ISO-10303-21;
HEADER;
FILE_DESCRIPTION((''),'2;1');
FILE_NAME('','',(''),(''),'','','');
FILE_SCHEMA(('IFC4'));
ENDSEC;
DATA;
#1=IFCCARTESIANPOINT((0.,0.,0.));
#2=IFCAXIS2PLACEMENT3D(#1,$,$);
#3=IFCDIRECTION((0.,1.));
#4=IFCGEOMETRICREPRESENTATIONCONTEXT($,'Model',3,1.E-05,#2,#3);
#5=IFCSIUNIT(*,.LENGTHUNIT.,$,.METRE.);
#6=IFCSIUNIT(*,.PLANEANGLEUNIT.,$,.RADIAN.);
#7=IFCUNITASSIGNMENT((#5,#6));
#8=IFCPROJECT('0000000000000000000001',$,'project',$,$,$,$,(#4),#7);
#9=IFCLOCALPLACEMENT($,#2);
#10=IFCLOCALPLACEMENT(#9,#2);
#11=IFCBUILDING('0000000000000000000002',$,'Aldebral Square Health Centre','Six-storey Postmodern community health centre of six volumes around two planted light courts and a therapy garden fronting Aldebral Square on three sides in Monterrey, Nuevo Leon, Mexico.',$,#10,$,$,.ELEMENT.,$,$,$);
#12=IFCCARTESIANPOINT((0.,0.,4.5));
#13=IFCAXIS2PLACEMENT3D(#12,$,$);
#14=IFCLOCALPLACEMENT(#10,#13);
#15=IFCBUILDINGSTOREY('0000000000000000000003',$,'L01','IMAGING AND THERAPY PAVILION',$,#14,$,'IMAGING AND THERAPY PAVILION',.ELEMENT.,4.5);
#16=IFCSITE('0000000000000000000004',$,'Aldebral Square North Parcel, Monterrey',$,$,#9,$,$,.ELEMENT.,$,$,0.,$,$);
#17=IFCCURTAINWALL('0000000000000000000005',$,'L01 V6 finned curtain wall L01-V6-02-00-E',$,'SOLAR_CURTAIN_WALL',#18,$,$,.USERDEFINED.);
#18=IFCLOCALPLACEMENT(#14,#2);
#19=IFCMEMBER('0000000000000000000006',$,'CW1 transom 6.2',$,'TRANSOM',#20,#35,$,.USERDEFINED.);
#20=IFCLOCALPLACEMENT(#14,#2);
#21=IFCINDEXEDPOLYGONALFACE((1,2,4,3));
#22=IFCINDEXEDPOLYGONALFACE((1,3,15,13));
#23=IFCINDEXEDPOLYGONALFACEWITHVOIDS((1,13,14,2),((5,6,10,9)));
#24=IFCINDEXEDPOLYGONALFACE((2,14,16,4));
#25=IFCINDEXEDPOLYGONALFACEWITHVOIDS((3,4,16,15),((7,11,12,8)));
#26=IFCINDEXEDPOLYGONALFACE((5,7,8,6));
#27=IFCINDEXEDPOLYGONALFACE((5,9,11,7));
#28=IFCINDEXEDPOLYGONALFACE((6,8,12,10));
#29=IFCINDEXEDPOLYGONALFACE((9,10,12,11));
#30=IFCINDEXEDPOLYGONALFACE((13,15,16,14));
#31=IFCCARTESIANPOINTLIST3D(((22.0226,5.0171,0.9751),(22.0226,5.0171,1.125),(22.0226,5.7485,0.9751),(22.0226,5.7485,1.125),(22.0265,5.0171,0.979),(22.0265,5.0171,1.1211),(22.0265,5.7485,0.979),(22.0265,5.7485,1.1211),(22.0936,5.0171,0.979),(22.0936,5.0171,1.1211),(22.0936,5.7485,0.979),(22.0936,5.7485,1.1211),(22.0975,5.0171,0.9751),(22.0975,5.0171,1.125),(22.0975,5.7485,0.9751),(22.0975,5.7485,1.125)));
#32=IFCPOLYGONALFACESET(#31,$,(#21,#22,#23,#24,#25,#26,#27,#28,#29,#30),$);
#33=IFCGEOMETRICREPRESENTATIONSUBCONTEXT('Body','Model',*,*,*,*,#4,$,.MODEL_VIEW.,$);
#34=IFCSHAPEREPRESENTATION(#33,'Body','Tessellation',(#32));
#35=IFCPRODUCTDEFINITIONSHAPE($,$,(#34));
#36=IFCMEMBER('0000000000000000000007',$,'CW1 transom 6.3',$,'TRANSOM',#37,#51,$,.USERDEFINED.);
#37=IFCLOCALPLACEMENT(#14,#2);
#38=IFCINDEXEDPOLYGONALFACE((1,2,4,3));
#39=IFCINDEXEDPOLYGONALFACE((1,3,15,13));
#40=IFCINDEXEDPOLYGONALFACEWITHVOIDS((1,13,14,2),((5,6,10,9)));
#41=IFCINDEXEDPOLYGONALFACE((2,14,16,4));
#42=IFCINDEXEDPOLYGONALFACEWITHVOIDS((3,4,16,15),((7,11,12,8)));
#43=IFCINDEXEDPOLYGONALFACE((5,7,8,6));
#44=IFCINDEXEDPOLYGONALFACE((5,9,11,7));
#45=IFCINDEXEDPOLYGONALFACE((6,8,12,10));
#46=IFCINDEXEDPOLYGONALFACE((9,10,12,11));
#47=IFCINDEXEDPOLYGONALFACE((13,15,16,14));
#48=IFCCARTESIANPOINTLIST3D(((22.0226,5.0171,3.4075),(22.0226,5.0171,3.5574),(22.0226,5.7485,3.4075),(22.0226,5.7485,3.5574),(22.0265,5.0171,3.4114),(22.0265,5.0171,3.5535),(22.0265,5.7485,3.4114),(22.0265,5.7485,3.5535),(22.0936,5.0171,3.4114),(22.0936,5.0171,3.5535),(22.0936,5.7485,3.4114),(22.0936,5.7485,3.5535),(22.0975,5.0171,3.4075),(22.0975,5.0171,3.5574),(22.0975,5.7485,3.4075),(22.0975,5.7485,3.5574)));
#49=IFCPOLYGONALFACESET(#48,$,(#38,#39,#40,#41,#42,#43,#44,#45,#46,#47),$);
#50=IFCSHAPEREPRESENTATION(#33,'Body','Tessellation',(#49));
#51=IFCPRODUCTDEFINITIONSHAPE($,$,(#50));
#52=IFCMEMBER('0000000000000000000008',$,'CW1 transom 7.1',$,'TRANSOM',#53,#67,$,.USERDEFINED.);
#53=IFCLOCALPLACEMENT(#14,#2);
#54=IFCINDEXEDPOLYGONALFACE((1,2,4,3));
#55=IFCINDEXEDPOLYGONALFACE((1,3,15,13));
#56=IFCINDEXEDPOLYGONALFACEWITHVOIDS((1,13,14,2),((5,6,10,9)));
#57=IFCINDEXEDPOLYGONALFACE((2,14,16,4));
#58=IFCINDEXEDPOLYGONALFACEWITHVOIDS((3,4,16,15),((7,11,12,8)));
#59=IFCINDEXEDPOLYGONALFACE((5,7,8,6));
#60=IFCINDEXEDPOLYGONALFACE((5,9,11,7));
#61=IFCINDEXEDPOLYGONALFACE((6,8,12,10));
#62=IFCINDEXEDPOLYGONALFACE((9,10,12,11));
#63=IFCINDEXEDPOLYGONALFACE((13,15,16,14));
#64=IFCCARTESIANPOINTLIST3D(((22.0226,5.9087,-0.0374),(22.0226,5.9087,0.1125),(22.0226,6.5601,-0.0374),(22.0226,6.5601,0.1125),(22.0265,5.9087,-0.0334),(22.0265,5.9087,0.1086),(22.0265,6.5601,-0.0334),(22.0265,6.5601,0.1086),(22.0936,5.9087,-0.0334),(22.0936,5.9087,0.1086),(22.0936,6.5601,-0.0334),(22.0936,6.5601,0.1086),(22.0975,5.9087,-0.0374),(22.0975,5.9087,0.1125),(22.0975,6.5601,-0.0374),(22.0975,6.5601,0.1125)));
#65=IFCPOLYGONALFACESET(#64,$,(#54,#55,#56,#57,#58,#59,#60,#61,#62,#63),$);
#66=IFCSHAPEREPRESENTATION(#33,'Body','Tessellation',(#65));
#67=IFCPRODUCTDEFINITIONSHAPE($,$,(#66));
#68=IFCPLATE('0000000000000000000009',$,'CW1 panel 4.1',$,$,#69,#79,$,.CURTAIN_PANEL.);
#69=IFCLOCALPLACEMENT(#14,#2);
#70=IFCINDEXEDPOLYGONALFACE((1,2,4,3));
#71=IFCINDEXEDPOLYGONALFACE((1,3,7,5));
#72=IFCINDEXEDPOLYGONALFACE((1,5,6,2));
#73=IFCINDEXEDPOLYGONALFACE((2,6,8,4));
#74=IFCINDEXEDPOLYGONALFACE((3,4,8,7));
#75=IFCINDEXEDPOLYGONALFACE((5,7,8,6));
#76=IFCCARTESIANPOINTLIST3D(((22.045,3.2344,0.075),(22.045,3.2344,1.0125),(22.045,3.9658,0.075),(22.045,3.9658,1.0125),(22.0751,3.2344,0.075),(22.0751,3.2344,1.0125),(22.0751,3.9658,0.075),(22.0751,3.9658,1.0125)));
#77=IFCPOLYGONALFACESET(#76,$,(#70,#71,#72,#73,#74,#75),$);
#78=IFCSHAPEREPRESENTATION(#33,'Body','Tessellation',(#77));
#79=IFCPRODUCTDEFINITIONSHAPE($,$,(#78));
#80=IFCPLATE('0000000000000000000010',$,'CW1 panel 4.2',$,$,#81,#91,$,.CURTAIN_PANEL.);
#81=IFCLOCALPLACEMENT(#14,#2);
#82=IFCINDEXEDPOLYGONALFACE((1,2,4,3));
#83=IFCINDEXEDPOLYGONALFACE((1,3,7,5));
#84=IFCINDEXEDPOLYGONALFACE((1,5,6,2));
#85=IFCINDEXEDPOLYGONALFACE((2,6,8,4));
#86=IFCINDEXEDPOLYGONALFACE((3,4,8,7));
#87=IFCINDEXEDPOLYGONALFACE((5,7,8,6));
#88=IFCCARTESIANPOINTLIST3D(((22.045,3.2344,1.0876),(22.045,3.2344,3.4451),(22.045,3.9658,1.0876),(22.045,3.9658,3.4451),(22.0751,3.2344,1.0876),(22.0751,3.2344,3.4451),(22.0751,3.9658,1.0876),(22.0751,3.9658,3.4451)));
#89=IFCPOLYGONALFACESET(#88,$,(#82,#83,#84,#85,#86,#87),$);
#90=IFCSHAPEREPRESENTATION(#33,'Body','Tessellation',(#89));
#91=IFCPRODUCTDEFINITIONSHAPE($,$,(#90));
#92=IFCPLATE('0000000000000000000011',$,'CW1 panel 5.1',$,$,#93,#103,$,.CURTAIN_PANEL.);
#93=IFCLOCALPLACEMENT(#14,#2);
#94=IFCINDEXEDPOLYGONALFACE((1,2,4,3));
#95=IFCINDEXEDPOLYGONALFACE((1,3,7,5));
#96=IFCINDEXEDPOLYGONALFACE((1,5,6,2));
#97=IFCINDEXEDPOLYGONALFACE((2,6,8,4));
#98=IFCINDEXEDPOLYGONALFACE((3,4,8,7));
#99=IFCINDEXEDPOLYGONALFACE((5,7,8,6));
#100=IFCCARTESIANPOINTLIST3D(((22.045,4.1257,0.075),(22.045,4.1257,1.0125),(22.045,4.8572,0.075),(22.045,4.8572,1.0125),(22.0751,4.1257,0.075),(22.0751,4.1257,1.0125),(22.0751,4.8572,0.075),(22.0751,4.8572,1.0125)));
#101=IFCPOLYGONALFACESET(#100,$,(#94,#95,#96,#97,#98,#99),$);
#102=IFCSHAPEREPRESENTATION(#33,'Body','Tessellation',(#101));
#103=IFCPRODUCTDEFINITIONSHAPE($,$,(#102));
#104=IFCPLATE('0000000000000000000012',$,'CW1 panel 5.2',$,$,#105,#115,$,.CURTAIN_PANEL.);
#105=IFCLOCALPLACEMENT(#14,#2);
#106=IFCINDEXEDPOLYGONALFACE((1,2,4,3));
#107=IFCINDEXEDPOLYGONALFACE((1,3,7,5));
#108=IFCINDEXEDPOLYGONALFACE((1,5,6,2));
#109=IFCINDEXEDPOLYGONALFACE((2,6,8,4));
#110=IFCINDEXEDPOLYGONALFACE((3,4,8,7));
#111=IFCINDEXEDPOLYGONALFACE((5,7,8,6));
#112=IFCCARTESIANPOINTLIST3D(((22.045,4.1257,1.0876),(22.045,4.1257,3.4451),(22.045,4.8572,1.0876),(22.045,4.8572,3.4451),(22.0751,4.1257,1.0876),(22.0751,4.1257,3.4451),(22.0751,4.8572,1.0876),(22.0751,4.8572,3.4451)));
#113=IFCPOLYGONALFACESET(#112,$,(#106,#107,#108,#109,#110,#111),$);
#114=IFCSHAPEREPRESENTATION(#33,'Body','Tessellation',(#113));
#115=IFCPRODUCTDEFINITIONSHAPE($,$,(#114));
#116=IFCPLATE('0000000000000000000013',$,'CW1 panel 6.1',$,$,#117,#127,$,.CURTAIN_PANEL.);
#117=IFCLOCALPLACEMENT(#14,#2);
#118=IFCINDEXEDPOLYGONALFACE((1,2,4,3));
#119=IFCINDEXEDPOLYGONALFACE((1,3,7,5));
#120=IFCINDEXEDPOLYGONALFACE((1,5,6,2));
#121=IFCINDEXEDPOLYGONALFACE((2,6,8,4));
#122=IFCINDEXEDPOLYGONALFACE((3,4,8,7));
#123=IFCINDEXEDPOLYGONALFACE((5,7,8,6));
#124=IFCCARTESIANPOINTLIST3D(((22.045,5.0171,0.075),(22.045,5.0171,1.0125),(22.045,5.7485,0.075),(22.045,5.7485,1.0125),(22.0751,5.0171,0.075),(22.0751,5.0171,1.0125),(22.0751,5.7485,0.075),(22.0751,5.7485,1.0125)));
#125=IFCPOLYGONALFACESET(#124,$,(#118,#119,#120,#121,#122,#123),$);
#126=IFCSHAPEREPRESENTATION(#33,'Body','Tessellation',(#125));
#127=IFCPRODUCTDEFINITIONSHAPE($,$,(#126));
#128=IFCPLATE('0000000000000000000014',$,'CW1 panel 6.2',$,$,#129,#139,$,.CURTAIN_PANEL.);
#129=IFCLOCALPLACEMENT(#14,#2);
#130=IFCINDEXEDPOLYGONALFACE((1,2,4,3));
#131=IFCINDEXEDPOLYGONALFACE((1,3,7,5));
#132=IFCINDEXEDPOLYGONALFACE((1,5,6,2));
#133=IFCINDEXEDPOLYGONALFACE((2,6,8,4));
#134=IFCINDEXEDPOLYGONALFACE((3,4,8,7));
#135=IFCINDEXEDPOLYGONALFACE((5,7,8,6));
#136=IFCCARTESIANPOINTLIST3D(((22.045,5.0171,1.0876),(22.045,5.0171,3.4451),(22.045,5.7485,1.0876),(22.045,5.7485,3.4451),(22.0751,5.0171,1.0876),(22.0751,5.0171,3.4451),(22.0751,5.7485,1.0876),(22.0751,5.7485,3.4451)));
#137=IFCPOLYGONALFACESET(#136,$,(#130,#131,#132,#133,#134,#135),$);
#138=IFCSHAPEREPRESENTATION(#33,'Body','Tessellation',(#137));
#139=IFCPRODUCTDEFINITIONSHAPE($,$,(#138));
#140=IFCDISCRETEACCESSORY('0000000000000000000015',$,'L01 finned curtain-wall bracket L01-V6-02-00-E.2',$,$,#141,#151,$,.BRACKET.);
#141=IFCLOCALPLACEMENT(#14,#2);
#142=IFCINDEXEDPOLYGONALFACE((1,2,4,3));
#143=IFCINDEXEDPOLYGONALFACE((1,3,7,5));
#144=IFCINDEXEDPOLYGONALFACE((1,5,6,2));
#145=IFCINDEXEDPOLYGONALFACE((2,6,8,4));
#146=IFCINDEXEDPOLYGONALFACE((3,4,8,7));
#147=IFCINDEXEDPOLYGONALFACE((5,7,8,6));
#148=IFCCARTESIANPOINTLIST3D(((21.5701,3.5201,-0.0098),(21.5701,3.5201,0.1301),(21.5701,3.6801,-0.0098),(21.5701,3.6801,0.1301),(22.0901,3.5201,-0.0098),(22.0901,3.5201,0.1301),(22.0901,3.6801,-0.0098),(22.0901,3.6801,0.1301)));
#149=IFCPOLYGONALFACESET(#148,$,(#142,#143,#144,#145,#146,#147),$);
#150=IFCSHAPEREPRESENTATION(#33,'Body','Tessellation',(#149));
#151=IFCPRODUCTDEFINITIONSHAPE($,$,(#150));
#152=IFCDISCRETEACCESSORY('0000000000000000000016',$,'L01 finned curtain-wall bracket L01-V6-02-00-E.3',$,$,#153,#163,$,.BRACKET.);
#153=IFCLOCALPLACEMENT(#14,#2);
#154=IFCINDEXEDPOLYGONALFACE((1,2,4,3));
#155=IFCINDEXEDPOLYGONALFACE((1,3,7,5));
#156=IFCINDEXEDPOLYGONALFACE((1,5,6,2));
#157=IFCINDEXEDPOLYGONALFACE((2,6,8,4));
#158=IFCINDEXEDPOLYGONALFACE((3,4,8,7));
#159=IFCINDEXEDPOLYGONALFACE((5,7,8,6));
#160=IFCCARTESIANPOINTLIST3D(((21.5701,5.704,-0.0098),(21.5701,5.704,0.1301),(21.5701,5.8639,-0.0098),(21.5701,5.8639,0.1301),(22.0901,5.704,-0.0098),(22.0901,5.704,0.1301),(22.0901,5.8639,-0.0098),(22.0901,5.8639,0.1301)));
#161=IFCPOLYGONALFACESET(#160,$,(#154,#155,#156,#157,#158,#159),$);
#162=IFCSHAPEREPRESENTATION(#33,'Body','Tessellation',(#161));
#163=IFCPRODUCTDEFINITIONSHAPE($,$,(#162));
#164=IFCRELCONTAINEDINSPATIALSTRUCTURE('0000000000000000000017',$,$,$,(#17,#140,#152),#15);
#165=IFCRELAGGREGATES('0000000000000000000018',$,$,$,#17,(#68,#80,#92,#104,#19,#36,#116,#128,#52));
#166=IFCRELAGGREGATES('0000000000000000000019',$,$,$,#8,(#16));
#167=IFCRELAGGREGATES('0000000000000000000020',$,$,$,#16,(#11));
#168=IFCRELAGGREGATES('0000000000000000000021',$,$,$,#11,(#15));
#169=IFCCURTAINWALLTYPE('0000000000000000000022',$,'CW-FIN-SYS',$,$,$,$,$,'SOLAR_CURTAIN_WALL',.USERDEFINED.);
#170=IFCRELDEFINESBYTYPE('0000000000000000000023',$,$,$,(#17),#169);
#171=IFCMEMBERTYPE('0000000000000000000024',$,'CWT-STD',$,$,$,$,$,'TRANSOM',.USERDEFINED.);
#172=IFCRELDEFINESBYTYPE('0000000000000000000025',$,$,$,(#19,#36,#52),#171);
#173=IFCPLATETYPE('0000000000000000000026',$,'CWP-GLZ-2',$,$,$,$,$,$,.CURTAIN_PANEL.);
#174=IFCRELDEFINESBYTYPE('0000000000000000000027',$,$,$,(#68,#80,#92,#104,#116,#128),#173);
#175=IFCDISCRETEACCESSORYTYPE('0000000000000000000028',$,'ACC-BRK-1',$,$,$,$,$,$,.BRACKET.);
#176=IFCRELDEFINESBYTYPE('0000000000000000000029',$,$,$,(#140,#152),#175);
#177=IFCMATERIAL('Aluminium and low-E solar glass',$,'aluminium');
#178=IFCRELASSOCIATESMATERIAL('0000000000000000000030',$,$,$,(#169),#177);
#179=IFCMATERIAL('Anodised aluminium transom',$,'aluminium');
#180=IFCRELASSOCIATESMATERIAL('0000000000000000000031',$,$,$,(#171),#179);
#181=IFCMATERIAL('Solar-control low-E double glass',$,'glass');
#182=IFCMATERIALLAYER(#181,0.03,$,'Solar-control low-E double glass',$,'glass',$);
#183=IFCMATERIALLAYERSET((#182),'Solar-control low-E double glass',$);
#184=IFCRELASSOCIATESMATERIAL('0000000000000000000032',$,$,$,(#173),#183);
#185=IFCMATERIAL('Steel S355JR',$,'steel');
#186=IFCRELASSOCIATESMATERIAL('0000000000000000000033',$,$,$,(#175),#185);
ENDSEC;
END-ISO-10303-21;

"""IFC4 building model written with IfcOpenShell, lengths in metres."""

from ifc_helpers import new_model, si_unit, direction, frame, origin, origin_2d, place, context, subcontext, project, spatial, rectangle, hollow_rectangle, extrude, material, layer, layer_set, material_profile, profile_set, type_object, element, aggregate, save


model = new_model("IFC4")

# Units and contexts
model_context = context("Model", 3, precision=1e-05, world=origin(), true_north=direction((0.0, 1.0)))
body_context = subcontext(model_context, "Body", "Model", "MODEL_VIEW")
ifc_project = project(units=[si_unit("LENGTHUNIT", "METRE"), si_unit("PLANEANGLEUNIT", "RADIAN")], contexts=[model_context])

# Site, building, storey
site_placement = place(None, origin())
site = spatial("IfcSite", under=ifc_project, at=site_placement, Name="Aldebral Square North Parcel, Monterrey", CompositionType="ELEMENT", RefElevation=0.0)
building_placement = place(site_placement, origin())
building = spatial("IfcBuilding", under=site, at=building_placement, Name="Aldebral Square Health Centre", Description="Six-storey Postmodern community health centre of six volumes around two planted light courts and a therapy garden fronting Aldebral Square on three sides in Monterrey, Nuevo Leon, Mexico.", CompositionType="ELEMENT")
storey_placement = place(building_placement, frame((0.0, 0.0, 4.5)))
storey = spatial("IfcBuildingStorey", under=building, at=storey_placement, Name="L01", Description="IMAGING AND THERAPY PAVILION", LongName="IMAGING AND THERAPY PAVILION", CompositionType="ELEMENT", Elevation=4.5)

# Curtain wall, members, plates
ifc_material_1 = material(Name="Aluminium and low-E solar glass", Category="aluminium")
curtain_wall_type = type_object("IfcCurtainWallType", Name="CW-FIN-SYS", ElementType="SOLAR_CURTAIN_WALL", PredefinedType="USERDEFINED", material=ifc_material_1)
curtain_wall_placement = place(storey_placement, origin())
curtain_wall = element("IfcCurtainWall", 1, at=curtain_wall_placement, inside=storey, type_object=curtain_wall_type, Name="L01 V6 finned curtain wall L01-V6-02-00-E", ObjectType="SOLAR_CURTAIN_WALL", PredefinedType="USERDEFINED")
ifc_material_2 = material(Name="Anodised aluminium transom", Category="aluminium")
ifc_material_profile_1 = material_profile(ifc_material_2, hollow_rectangle(XDim=0.075, YDim=0.1499, WallThickness=0.0039, at=origin_2d()), Name="CWT 75x150x4")
ifc_profile_set_1 = profile_set([ifc_material_profile_1], Name="Anodised aluminium transom")
member_type_1 = type_object("IfcMemberType", Name="CWT-STD", ElementType="TRANSOM", PredefinedType="USERDEFINED", material=ifc_profile_set_1)
member_1_placement = place(storey_placement, frame((22.0601, 5.0171, 1.05), z_axis=(0.0, 1.0, 0.0), x_axis=(-1.0, 0.0, 0.0)))
member_1 = element("IfcMember", 2, at=member_1_placement, type_object=member_type_1, Name="CW1 transom 6.2", ObjectType="TRANSOM", PredefinedType="USERDEFINED", context=body_context, shape_type="SweptSolid", body=[
    extrude(hollow_rectangle(XDim=0.075, YDim=0.1499, WallThickness=0.0039, at=origin_2d()), origin(), (0.0, 0.0, 1.0), 0.7314),
])
member_2_placement = place(storey_placement, frame((22.0601, 5.0171, 3.4824), z_axis=(0.0, 1.0, 0.0), x_axis=(-1.0, 0.0, 0.0)))
member_2 = element("IfcMember", 3, at=member_2_placement, type_object=member_type_1, Name="CW1 transom 6.3", ObjectType="TRANSOM", PredefinedType="USERDEFINED", context=body_context, shape_type="SweptSolid", body=[
    extrude(hollow_rectangle(XDim=0.075, YDim=0.1499, WallThickness=0.0039, at=origin_2d()), origin(), (0.0, 0.0, 1.0), 0.7314),
])
member_3_placement = place(storey_placement, frame((22.0601, 5.9087, 0.0376), z_axis=(0.0, 1.0, 0.0), x_axis=(-1.0, 0.0, 0.0)))
member_3 = element("IfcMember", 4, at=member_3_placement, type_object=member_type_1, Name="CW1 transom 7.1", ObjectType="TRANSOM", PredefinedType="USERDEFINED", context=body_context, shape_type="SweptSolid", body=[
    extrude(hollow_rectangle(XDim=0.075, YDim=0.1499, WallThickness=0.0039, at=origin_2d()), origin(), (0.0, 0.0, 1.0), 0.6514),
])
ifc_material_3 = material(Name="Solar-control low-E double glass", Category="glass")
ifc_layer = layer(ifc_material_3, 0.03, Name="Solar-control low-E double glass", Category="glass")
ifc_layer_set = layer_set([ifc_layer], Name="Solar-control low-E double glass")
plate_type = type_object("IfcPlateType", Name="CWP-GLZ-2", PredefinedType="CURTAIN_PANEL", material=ifc_layer_set)
plate_1_placement = place(storey_placement, frame((22.0601, 3.6001, 0.075), z_axis=(0.0, 0.0, 1.0), x_axis=(0.0, 1.0, 0.0)))
plate_1 = element("IfcPlate", 5, at=plate_1_placement, type_object=plate_type, Name="CW1 panel 4.1", PredefinedType="CURTAIN_PANEL", context=body_context, shape_type="SweptSolid", body=[
    extrude(rectangle(XDim=0.7314, YDim=0.03, at=origin_2d()), origin(), (0.0, 0.0, 1.0), 0.9375),
])
plate_2_placement = place(storey_placement, frame((22.0601, 3.6001, 1.0876), z_axis=(0.0, 0.0, 1.0), x_axis=(0.0, 1.0, 0.0)))
plate_2 = element("IfcPlate", 6, at=plate_2_placement, type_object=plate_type, Name="CW1 panel 4.2", PredefinedType="CURTAIN_PANEL", context=body_context, shape_type="SweptSolid", body=[
    extrude(rectangle(XDim=0.7314, YDim=0.03, at=origin_2d()), origin(), (0.0, 0.0, 1.0), 2.3574),
])
plate_3_placement = place(storey_placement, frame((22.0601, 4.4915, 0.075), z_axis=(0.0, 0.0, 1.0), x_axis=(0.0, 1.0, 0.0)))
plate_3 = element("IfcPlate", 7, at=plate_3_placement, type_object=plate_type, Name="CW1 panel 5.1", PredefinedType="CURTAIN_PANEL", context=body_context, shape_type="SweptSolid", body=[
    extrude(rectangle(XDim=0.7314, YDim=0.03, at=origin_2d()), origin(), (0.0, 0.0, 1.0), 0.9375),
])
plate_4_placement = place(storey_placement, frame((22.0601, 4.4915, 1.0876), z_axis=(0.0, 0.0, 1.0), x_axis=(0.0, 1.0, 0.0)))
plate_4 = element("IfcPlate", 8, at=plate_4_placement, type_object=plate_type, Name="CW1 panel 5.2", PredefinedType="CURTAIN_PANEL", context=body_context, shape_type="SweptSolid", body=[
    extrude(rectangle(XDim=0.7314, YDim=0.03, at=origin_2d()), origin(), (0.0, 0.0, 1.0), 2.3574),
])
plate_5_placement = place(storey_placement, frame((22.0601, 5.3828, 0.075), z_axis=(0.0, 0.0, 1.0), x_axis=(0.0, 1.0, 0.0)))
plate_5 = element("IfcPlate", 9, at=plate_5_placement, type_object=plate_type, Name="CW1 panel 6.1", PredefinedType="CURTAIN_PANEL", context=body_context, shape_type="SweptSolid", body=[
    extrude(rectangle(XDim=0.7314, YDim=0.03, at=origin_2d()), origin(), (0.0, 0.0, 1.0), 0.9375),
])
plate_6_placement = place(storey_placement, frame((22.0601, 5.3828, 1.0876), z_axis=(0.0, 0.0, 1.0), x_axis=(0.0, 1.0, 0.0)))
plate_6 = element("IfcPlate", 10, at=plate_6_placement, type_object=plate_type, Name="CW1 panel 6.2", PredefinedType="CURTAIN_PANEL", context=body_context, shape_type="SweptSolid", body=[
    extrude(rectangle(XDim=0.7314, YDim=0.03, at=origin_2d()), origin(), (0.0, 0.0, 1.0), 2.3574),
])
aggregate(curtain_wall, [plate_1, plate_2, plate_3, plate_4, member_1, member_2, plate_5, plate_6, member_3])

# Discrete accessories
ifc_material_4 = material(Name="Steel S355JR", Category="steel")
discrete_accessory_type = type_object("IfcDiscreteAccessoryType", Name="ACC-BRK-1", PredefinedType="BRACKET", material=ifc_material_4)
for number, where, z_axis, x_axis, name in (
    (11, (21.8301, 3.6001, -0.0098), (0.0, 0.0, 1.0), (0.0, 1.0, 0.0), "L01 finned curtain-wall bracket L01-V6-02-00-E.2"),
    (12, (21.8301, 5.7839, -0.0098), (0.0, 0.0, 1.0), (0.0, 1.0, 0.0), "L01 finned curtain-wall bracket L01-V6-02-00-E.3"),
):
    element("IfcDiscreteAccessory", number, at=place(storey_placement, frame(where, z_axis=z_axis, x_axis=x_axis)), inside=storey, type_object=discrete_accessory_type, Name=name, PredefinedType="BRACKET", context=body_context, shape_type="SweptSolid", body=[
        extrude(rectangle(XDim=0.1599, YDim=0.52, at=origin_2d()), origin(), (0.0, 0.0, 1.0), 0.1399),
    ])

save(model, "model.ifc")
